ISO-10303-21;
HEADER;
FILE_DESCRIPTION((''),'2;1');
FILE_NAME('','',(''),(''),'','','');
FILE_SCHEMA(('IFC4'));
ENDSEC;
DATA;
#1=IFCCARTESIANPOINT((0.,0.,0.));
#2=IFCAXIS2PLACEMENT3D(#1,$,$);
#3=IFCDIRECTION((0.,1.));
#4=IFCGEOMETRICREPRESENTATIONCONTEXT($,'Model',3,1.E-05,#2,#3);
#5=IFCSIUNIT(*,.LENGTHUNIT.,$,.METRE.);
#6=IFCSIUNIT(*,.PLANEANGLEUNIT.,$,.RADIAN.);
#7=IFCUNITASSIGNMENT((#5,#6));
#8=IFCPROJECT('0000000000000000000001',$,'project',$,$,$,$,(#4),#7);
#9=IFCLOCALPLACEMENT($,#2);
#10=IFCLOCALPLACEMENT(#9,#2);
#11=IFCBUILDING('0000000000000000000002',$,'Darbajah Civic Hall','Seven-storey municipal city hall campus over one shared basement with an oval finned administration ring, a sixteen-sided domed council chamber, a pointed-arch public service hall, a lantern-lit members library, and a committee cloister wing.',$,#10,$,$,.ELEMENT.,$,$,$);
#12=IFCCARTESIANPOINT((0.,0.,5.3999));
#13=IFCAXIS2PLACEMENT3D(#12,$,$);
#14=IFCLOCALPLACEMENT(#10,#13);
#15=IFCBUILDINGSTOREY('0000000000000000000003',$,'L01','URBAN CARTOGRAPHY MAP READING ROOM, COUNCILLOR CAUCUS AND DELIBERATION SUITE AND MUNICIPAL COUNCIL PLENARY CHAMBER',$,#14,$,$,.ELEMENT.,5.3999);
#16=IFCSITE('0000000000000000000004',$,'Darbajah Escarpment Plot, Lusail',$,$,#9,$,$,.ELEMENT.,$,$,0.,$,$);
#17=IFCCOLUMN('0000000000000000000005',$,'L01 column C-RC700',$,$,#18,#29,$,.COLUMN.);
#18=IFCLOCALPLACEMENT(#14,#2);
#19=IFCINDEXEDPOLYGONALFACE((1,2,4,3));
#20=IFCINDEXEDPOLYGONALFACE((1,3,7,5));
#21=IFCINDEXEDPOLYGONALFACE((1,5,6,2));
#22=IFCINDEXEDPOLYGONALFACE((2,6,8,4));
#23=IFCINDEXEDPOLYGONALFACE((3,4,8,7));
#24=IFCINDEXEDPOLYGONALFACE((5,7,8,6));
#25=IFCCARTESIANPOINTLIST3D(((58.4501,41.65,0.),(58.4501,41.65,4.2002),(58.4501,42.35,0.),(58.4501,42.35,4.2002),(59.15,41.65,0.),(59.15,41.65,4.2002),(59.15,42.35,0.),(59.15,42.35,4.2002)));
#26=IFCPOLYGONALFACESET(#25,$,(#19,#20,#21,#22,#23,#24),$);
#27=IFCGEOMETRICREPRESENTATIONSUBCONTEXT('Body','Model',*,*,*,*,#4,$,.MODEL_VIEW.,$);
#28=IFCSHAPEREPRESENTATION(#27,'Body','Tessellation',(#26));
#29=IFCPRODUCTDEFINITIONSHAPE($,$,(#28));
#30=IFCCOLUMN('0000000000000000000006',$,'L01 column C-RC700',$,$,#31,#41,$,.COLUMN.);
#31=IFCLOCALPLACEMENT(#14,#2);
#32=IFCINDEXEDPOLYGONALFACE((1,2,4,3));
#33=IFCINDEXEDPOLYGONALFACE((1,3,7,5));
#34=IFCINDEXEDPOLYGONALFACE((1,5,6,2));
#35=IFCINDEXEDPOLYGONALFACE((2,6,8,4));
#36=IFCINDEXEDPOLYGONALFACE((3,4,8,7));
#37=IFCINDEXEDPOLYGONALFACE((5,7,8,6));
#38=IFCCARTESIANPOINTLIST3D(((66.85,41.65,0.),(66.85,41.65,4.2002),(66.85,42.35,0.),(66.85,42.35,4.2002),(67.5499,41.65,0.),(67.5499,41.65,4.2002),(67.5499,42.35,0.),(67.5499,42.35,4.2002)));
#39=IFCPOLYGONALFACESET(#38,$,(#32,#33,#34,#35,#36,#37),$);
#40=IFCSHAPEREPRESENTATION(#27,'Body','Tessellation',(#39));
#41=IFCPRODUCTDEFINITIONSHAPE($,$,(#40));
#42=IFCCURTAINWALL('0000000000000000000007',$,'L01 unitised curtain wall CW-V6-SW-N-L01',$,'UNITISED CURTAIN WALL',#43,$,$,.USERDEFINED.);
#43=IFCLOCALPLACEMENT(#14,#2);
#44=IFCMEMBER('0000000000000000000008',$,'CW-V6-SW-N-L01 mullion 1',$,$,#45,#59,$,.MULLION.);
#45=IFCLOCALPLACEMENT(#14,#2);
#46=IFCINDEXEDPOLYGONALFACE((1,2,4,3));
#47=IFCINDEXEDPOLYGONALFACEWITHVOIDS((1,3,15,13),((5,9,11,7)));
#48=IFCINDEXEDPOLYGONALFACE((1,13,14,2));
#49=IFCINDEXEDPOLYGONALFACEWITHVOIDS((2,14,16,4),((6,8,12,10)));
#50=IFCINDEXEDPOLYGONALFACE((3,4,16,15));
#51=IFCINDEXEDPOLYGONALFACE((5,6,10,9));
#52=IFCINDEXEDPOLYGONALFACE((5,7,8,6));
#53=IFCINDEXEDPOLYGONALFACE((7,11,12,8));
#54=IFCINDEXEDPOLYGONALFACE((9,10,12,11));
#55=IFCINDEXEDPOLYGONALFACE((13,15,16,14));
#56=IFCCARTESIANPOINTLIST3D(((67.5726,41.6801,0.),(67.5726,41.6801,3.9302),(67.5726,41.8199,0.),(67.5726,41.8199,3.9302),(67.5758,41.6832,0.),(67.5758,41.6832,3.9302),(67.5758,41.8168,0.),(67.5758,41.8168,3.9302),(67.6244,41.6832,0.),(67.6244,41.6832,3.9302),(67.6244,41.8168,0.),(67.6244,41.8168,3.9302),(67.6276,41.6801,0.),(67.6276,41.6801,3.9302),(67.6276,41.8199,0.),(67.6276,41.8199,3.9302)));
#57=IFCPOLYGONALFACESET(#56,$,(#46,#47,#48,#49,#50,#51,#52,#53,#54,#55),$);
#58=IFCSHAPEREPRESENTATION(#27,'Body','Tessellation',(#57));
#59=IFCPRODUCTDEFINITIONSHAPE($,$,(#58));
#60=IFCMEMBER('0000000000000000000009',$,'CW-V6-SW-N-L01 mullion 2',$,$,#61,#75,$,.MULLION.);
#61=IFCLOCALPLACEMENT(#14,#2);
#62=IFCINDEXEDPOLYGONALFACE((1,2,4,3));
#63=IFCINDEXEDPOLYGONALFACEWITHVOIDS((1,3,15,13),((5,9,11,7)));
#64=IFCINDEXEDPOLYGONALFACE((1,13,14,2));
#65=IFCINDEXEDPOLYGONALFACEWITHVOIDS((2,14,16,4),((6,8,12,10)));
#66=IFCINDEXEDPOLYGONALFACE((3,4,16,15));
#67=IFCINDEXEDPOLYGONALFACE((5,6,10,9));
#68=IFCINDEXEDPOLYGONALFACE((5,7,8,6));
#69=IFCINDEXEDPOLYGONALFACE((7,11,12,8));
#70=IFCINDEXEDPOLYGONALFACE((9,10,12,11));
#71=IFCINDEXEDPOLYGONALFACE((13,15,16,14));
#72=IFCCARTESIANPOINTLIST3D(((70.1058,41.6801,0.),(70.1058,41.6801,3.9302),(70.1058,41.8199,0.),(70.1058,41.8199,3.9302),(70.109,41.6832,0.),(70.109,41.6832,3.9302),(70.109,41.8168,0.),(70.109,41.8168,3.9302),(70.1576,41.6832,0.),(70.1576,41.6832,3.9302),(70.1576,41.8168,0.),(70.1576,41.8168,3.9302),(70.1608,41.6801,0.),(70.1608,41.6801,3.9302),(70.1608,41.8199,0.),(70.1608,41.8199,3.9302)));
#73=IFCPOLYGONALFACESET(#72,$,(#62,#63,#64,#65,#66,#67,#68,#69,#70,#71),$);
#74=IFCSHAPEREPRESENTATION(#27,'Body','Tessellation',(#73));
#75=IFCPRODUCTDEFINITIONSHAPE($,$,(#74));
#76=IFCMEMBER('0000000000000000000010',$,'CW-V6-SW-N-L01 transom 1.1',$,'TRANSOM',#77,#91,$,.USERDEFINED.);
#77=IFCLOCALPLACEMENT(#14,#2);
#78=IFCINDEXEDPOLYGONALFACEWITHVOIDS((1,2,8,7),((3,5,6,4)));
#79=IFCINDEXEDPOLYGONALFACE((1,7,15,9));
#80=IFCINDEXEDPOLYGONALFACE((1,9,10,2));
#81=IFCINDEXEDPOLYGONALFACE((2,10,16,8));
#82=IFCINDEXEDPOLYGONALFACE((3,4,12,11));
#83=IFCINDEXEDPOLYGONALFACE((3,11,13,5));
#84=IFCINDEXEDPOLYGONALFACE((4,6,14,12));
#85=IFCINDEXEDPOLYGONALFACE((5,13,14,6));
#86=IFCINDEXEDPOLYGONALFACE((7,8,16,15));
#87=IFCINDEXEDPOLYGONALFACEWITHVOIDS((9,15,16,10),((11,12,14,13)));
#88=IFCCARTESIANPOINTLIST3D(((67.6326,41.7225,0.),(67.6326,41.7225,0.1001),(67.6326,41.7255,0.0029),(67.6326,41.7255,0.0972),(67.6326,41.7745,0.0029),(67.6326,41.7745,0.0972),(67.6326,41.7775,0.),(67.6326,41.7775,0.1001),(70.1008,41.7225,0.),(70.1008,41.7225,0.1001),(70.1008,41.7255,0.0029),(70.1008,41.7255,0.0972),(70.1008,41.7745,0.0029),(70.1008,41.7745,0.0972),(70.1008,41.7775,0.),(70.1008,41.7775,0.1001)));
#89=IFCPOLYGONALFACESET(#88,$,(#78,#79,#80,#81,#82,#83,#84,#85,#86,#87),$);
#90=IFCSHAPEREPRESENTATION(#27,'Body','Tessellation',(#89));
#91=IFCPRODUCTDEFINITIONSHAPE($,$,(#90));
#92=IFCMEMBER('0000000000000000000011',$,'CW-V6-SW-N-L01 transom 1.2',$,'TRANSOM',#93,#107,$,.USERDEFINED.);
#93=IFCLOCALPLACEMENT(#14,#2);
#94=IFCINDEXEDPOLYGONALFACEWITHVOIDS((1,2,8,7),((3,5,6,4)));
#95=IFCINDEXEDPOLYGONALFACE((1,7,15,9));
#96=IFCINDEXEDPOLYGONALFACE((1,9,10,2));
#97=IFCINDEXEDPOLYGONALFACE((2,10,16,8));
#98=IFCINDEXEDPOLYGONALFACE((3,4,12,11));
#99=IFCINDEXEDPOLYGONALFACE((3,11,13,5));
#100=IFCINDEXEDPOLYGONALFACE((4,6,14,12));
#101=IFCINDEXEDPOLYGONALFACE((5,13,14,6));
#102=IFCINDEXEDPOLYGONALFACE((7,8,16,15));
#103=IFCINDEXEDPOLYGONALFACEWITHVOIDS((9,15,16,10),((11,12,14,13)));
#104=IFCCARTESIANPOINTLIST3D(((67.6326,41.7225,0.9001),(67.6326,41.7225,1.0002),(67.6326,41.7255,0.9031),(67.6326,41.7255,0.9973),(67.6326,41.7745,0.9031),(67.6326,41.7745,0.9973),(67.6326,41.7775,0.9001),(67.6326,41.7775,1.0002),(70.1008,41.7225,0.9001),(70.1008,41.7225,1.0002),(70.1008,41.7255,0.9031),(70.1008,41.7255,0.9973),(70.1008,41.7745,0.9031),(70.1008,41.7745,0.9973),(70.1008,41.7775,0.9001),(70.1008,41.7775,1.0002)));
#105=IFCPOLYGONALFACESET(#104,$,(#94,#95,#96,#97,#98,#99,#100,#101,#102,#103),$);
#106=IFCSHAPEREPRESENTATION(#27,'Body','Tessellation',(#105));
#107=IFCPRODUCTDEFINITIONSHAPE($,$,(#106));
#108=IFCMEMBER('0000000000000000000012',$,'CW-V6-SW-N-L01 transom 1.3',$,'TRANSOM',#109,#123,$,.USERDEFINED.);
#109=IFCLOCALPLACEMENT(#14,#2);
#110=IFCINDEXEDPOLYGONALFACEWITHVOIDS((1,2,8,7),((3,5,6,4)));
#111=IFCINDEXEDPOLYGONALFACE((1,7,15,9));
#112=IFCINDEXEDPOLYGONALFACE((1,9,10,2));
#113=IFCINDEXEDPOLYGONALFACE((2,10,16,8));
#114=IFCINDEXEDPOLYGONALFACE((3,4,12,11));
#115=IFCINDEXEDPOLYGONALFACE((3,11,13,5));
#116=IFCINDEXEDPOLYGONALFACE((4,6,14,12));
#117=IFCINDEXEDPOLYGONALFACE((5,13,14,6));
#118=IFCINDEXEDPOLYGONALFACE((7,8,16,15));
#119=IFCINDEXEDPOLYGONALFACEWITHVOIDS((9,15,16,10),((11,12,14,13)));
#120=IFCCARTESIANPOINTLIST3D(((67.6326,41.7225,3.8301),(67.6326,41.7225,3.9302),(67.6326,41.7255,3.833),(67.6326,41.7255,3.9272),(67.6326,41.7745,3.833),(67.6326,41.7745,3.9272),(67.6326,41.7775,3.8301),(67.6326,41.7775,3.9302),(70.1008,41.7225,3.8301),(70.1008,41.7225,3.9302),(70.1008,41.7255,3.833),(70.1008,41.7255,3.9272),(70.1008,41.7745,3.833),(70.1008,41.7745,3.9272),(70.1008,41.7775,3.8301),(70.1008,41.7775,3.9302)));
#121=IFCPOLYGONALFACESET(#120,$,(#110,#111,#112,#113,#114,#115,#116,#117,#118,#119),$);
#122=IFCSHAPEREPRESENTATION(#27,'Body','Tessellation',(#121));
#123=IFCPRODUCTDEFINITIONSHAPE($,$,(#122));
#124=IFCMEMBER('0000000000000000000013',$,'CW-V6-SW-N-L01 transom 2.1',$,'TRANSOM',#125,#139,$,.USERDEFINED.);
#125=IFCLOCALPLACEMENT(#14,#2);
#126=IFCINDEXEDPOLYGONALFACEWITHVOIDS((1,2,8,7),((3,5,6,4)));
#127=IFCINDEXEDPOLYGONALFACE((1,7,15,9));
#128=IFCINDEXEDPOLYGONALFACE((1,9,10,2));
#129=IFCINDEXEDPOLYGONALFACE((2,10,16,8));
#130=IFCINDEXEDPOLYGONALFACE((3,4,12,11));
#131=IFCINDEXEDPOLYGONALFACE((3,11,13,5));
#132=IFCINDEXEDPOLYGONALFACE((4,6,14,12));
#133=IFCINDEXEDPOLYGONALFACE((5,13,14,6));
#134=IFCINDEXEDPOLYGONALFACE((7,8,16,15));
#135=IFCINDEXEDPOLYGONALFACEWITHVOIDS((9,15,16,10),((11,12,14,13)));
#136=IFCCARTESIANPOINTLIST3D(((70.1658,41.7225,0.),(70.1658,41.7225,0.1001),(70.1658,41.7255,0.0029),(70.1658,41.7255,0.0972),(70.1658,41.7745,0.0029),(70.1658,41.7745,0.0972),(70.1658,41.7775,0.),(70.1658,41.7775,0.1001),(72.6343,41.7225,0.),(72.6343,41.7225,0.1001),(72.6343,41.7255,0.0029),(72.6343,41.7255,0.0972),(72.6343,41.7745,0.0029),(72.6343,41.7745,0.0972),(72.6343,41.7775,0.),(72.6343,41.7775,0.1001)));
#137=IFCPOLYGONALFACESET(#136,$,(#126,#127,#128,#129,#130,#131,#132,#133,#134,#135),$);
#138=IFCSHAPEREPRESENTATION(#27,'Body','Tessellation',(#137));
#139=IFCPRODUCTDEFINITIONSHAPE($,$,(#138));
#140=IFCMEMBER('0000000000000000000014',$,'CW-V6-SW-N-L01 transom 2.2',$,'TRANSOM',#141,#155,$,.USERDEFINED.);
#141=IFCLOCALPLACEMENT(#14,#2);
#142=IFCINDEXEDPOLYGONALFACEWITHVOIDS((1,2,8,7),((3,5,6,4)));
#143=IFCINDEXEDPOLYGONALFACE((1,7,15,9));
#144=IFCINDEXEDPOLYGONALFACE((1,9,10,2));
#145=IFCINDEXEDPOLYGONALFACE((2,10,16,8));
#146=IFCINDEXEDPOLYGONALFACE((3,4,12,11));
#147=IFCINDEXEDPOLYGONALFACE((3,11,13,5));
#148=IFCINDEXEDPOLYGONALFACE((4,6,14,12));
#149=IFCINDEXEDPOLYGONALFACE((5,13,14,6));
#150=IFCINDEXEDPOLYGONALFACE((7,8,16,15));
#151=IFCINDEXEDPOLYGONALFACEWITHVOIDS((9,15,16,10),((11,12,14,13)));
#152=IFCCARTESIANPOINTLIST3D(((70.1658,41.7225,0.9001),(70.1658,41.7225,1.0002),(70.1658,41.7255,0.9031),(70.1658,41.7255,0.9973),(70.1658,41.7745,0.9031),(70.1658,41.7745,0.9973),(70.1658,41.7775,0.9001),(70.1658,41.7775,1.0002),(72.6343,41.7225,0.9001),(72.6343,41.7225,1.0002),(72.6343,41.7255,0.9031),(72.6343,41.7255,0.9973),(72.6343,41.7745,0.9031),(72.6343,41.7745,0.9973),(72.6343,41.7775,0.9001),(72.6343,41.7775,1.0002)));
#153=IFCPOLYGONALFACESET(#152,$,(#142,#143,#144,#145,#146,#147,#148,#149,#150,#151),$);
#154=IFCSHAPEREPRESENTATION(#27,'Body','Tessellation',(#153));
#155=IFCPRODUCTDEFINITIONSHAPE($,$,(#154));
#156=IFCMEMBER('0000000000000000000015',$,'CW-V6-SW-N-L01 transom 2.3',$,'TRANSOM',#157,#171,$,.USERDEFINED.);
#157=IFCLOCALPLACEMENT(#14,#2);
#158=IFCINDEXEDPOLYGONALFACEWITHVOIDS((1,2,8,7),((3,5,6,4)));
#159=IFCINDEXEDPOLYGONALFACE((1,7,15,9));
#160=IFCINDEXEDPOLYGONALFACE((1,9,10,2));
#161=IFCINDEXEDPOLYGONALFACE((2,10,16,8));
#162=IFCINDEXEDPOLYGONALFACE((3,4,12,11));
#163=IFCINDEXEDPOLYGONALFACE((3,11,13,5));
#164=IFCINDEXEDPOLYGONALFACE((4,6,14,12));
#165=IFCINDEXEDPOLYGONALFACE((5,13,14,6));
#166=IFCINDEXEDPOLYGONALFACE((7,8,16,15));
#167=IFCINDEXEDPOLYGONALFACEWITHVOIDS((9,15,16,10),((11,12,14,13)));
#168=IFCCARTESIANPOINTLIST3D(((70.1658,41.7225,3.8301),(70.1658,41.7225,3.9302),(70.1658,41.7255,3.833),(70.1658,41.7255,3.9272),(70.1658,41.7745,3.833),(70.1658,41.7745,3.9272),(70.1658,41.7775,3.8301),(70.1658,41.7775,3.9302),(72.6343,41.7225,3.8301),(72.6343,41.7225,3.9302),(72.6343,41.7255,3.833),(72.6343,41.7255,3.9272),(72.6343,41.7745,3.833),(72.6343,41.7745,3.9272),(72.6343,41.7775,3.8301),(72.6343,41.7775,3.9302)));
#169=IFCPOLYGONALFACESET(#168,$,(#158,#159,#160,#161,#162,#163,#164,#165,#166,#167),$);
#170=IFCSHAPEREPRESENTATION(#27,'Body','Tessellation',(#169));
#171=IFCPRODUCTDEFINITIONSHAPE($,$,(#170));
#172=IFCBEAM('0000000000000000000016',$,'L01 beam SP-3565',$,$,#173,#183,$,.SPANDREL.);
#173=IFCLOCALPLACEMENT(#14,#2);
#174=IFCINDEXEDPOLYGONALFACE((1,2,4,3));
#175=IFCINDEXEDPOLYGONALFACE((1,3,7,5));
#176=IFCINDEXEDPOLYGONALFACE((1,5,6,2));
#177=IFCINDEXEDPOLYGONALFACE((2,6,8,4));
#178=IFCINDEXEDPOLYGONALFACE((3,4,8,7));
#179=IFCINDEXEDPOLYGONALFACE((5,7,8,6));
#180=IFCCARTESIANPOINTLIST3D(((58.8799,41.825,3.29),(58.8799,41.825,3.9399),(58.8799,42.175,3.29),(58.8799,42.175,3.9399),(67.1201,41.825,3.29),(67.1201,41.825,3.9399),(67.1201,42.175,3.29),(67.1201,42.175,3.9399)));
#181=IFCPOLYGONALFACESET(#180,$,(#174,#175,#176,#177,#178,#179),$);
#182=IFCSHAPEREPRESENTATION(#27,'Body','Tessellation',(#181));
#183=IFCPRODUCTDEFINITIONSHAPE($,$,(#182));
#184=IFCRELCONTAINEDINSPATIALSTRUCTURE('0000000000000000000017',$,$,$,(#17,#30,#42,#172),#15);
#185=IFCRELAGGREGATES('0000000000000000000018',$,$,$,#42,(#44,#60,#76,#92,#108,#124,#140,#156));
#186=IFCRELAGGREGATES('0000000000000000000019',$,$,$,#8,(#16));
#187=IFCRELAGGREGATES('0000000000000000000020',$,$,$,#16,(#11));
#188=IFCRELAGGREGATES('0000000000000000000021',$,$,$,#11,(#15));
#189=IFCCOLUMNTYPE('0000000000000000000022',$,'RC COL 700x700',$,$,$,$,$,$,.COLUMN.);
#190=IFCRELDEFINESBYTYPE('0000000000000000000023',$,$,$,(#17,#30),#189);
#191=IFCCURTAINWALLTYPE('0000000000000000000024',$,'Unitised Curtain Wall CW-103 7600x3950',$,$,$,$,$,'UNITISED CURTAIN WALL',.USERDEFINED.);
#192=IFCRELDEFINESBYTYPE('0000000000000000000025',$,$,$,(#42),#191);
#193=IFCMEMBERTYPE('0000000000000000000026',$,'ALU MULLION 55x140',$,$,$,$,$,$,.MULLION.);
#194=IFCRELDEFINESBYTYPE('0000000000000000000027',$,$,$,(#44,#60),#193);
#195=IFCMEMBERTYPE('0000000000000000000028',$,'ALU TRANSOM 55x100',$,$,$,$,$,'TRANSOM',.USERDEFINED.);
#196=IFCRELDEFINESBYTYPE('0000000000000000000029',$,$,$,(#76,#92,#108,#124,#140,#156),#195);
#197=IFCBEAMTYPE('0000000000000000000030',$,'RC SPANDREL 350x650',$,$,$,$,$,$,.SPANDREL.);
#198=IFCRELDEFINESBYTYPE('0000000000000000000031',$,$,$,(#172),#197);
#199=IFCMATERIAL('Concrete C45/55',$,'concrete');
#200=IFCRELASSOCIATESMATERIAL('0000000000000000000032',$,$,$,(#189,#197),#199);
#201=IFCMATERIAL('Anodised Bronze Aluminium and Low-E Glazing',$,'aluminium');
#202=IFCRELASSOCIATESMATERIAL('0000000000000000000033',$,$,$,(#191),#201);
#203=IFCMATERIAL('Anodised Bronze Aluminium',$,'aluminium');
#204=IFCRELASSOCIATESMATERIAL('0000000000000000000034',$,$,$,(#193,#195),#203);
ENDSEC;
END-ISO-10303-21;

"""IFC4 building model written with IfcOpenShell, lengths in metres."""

from ifc_helpers import new_model, si_unit, direction, frame, origin, origin_2d, place, context, subcontext, project, spatial, rectangle, hollow_rectangle, extrude, material, material_profile, profile_set, type_object, element, aggregate, save


model = new_model("IFC4")

# Units and contexts
model_context = context("Model", 3, precision=1e-05, world=origin(), true_north=direction((0.0, 1.0)))
body_context = subcontext(model_context, "Body", "Model", "MODEL_VIEW")
ifc_project = project(units=[si_unit("LENGTHUNIT", "METRE"), si_unit("PLANEANGLEUNIT", "RADIAN")], contexts=[model_context])

# Site, building, storey
site_placement = place(None, origin())
site = spatial("IfcSite", under=ifc_project, at=site_placement, Name="Darbajah Escarpment Plot, Lusail", CompositionType="ELEMENT", RefElevation=0.0)
building_placement = place(site_placement, origin())
building = spatial("IfcBuilding", under=site, at=building_placement, Name="Darbajah Civic Hall", Description="Seven-storey municipal city hall campus over one shared basement with an oval finned administration ring, a sixteen-sided domed council chamber, a pointed-arch public service hall, a lantern-lit members library, and a committee cloister wing.", CompositionType="ELEMENT")
storey_placement = place(building_placement, frame((0.0, 0.0, 5.3999)))
storey = spatial("IfcBuildingStorey", under=building, at=storey_placement, Name="L01", Description="URBAN CARTOGRAPHY MAP READING ROOM, COUNCILLOR CAUCUS AND DELIBERATION SUITE AND MUNICIPAL COUNCIL PLENARY CHAMBER", CompositionType="ELEMENT", Elevation=5.3999)

# Columns
ifc_material_1 = material(Name="Concrete C45/55", Category="concrete")
ifc_material_profile_1 = material_profile(ifc_material_1, rectangle(XDim=0.7, YDim=0.7, at=origin_2d()), Name="RC COL 700x700")
ifc_profile_set_1 = profile_set([ifc_material_profile_1], Name="Concrete C45/55")
column_type = type_object("IfcColumnType", Name="RC COL 700x700", PredefinedType="COLUMN", material=ifc_profile_set_1)
for number, where, z_axis, x_axis, name in (
    (1, (58.8, 42.0, 0.0), (0.0, 0.0, 1.0), (1.0, 0.0, 0.0), "L01 column C-RC700"),
    (2, (67.2, 42.0, 0.0), (0.0, 0.0, 1.0), (1.0, 0.0, 0.0), "L01 column C-RC700"),
):
    element("IfcColumn", number, at=place(storey_placement, frame(where, z_axis=z_axis, x_axis=x_axis)), inside=storey, type_object=column_type, Name=name, PredefinedType="COLUMN", context=body_context, shape_type="SweptSolid", body=[
        extrude(rectangle(XDim=0.7, YDim=0.7, at=origin_2d()), origin(), (0.0, 0.0, 1.0), 4.2002),
    ])

# Curtain wall, members
ifc_material_2 = material(Name="Anodised Bronze Aluminium and Low-E Glazing", Category="aluminium")
curtain_wall_type = type_object("IfcCurtainWallType", Name="Unitised Curtain Wall CW-103 7600x3950", ElementType="UNITISED CURTAIN WALL", PredefinedType="USERDEFINED", material=ifc_material_2)
curtain_wall_placement = place(storey_placement, origin())
curtain_wall = element("IfcCurtainWall", 3, at=curtain_wall_placement, inside=storey, type_object=curtain_wall_type, Name="L01 unitised curtain wall CW-V6-SW-N-L01", ObjectType="UNITISED CURTAIN WALL", PredefinedType="USERDEFINED")
ifc_material_3 = material(Name="Anodised Bronze Aluminium", Category="aluminium")
ifc_material_profile_2 = material_profile(ifc_material_3, hollow_rectangle(XDim=0.0549, YDim=0.1399, WallThickness=0.0032, at=origin_2d()), Name="ALU MULLION 55x140")
ifc_profile_set_2 = profile_set([ifc_material_profile_2], Name="Anodised Bronze Aluminium")
member_type_1 = type_object("IfcMemberType", Name="ALU MULLION 55x140", PredefinedType="MULLION", material=ifc_profile_set_2)
member_1_placement = place(storey_placement, frame((67.6001, 41.75, 0.0), z_axis=(0.0, 0.0, 1.0), x_axis=(1.0, 0.0, 0.0)))
member_1 = element("IfcMember", 4, at=member_1_placement, type_object=member_type_1, Name="CW-V6-SW-N-L01 mullion 1", PredefinedType="MULLION", context=body_context, shape_type="SweptSolid", body=[
    extrude(hollow_rectangle(XDim=0.0549, YDim=0.1399, WallThickness=0.0032, at=origin_2d()), origin(), (0.0, 0.0, 1.0), 3.9302),
])
member_2_placement = place(storey_placement, frame((70.1333, 41.75, 0.0), z_axis=(0.0, 0.0, 1.0), x_axis=(1.0, 0.0, 0.0)))
member_2 = element("IfcMember", 5, at=member_2_placement, type_object=member_type_1, Name="CW-V6-SW-N-L01 mullion 2", PredefinedType="MULLION", context=body_context, shape_type="SweptSolid", body=[
    extrude(hollow_rectangle(XDim=0.0549, YDim=0.1399, WallThickness=0.0032, at=origin_2d()), origin(), (0.0, 0.0, 1.0), 3.9302),
])
ifc_material_profile_3 = material_profile(ifc_material_3, hollow_rectangle(XDim=0.0549, YDim=0.1001, WallThickness=0.0029, at=origin_2d()), Name="ALU TRANSOM 55x100")
ifc_profile_set_3 = profile_set([ifc_material_profile_3], Name="Anodised Bronze Aluminium")
member_type_2 = type_object("IfcMemberType", Name="ALU TRANSOM 55x100", ElementType="TRANSOM", PredefinedType="USERDEFINED", material=ifc_profile_set_3)
member_3_placement = place(storey_placement, frame((67.6326, 41.75, 0.05), z_axis=(1.0, 0.0, 0.0), x_axis=(0.0, 1.0, 0.0)))
member_3 = element("IfcMember", 6, at=member_3_placement, type_object=member_type_2, Name="CW-V6-SW-N-L01 transom 1.1", ObjectType="TRANSOM", PredefinedType="USERDEFINED", context=body_context, shape_type="SweptSolid", body=[
    extrude(hollow_rectangle(XDim=0.0549, YDim=0.1001, WallThickness=0.0029, at=origin_2d()), origin(), (0.0, 0.0, 1.0), 2.4683),
])
member_4_placement = place(storey_placement, frame((67.6326, 41.75, 0.9502), z_axis=(1.0, 0.0, 0.0), x_axis=(0.0, 1.0, 0.0)))
member_4 = element("IfcMember", 7, at=member_4_placement, type_object=member_type_2, Name="CW-V6-SW-N-L01 transom 1.2", ObjectType="TRANSOM", PredefinedType="USERDEFINED", context=body_context, shape_type="SweptSolid", body=[
    extrude(hollow_rectangle(XDim=0.0549, YDim=0.1001, WallThickness=0.0029, at=origin_2d()), origin(), (0.0, 0.0, 1.0), 2.4683),
])
member_5_placement = place(storey_placement, frame((67.6326, 41.75, 3.8801), z_axis=(1.0, 0.0, 0.0), x_axis=(0.0, 1.0, 0.0)))
member_5 = element("IfcMember", 8, at=member_5_placement, type_object=member_type_2, Name="CW-V6-SW-N-L01 transom 1.3", ObjectType="TRANSOM", PredefinedType="USERDEFINED", context=body_context, shape_type="SweptSolid", body=[
    extrude(hollow_rectangle(XDim=0.0549, YDim=0.1001, WallThickness=0.0029, at=origin_2d()), origin(), (0.0, 0.0, 1.0), 2.4683),
])
member_6_placement = place(storey_placement, frame((70.1658, 41.75, 0.05), z_axis=(1.0, 0.0, 0.0), x_axis=(0.0, 1.0, 0.0)))
member_6 = element("IfcMember", 9, at=member_6_placement, type_object=member_type_2, Name="CW-V6-SW-N-L01 transom 2.1", ObjectType="TRANSOM", PredefinedType="USERDEFINED", context=body_context, shape_type="SweptSolid", body=[
    extrude(hollow_rectangle(XDim=0.0549, YDim=0.1001, WallThickness=0.0029, at=origin_2d()), origin(), (0.0, 0.0, 1.0), 2.4685),
])
member_7_placement = place(storey_placement, frame((70.1658, 41.75, 0.9502), z_axis=(1.0, 0.0, 0.0), x_axis=(0.0, 1.0, 0.0)))
member_7 = element("IfcMember", 10, at=member_7_placement, type_object=member_type_2, Name="CW-V6-SW-N-L01 transom 2.2", ObjectType="TRANSOM", PredefinedType="USERDEFINED", context=body_context, shape_type="SweptSolid", body=[
    extrude(hollow_rectangle(XDim=0.0549, YDim=0.1001, WallThickness=0.0029, at=origin_2d()), origin(), (0.0, 0.0, 1.0), 2.4685),
])
member_8_placement = place(storey_placement, frame((70.1658, 41.75, 3.8801), z_axis=(1.0, 0.0, 0.0), x_axis=(0.0, 1.0, 0.0)))
member_8 = element("IfcMember", 11, at=member_8_placement, type_object=member_type_2, Name="CW-V6-SW-N-L01 transom 2.3", ObjectType="TRANSOM", PredefinedType="USERDEFINED", context=body_context, shape_type="SweptSolid", body=[
    extrude(hollow_rectangle(XDim=0.0549, YDim=0.1001, WallThickness=0.0029, at=origin_2d()), origin(), (0.0, 0.0, 1.0), 2.4685),
])

# Beam
ifc_material_profile_4 = material_profile(ifc_material_1, rectangle(XDim=0.3501, YDim=0.6499, at=origin_2d()), Name="RC SPANDREL 350x650")
ifc_profile_set_4 = profile_set([ifc_material_profile_4], Name="Concrete C45/55")
beam_type_1 = type_object("IfcBeamType", Name="RC SPANDREL 350x650", PredefinedType="SPANDREL", material=ifc_profile_set_4)
beam_1_placement = place(storey_placement, frame((58.8799, 42.0, 3.615), z_axis=(1.0, 0.0, 0.0), x_axis=(0.0, 1.0, 0.0)))
element("IfcBeam", 12, at=beam_1_placement, inside=storey, type_object=beam_type_1, Name="L01 beam SP-3565", PredefinedType="SPANDREL", context=body_context, shape_type="SweptSolid", body=[
    extrude(rectangle(XDim=0.3501, YDim=0.6499, at=origin_2d()), origin(), (0.0, 0.0, 1.0), 8.2402),
])

aggregate(curtain_wall, [member_1, member_2, member_3, member_4, member_5, member_6, member_7, member_8])

save(model, "model.ifc")
